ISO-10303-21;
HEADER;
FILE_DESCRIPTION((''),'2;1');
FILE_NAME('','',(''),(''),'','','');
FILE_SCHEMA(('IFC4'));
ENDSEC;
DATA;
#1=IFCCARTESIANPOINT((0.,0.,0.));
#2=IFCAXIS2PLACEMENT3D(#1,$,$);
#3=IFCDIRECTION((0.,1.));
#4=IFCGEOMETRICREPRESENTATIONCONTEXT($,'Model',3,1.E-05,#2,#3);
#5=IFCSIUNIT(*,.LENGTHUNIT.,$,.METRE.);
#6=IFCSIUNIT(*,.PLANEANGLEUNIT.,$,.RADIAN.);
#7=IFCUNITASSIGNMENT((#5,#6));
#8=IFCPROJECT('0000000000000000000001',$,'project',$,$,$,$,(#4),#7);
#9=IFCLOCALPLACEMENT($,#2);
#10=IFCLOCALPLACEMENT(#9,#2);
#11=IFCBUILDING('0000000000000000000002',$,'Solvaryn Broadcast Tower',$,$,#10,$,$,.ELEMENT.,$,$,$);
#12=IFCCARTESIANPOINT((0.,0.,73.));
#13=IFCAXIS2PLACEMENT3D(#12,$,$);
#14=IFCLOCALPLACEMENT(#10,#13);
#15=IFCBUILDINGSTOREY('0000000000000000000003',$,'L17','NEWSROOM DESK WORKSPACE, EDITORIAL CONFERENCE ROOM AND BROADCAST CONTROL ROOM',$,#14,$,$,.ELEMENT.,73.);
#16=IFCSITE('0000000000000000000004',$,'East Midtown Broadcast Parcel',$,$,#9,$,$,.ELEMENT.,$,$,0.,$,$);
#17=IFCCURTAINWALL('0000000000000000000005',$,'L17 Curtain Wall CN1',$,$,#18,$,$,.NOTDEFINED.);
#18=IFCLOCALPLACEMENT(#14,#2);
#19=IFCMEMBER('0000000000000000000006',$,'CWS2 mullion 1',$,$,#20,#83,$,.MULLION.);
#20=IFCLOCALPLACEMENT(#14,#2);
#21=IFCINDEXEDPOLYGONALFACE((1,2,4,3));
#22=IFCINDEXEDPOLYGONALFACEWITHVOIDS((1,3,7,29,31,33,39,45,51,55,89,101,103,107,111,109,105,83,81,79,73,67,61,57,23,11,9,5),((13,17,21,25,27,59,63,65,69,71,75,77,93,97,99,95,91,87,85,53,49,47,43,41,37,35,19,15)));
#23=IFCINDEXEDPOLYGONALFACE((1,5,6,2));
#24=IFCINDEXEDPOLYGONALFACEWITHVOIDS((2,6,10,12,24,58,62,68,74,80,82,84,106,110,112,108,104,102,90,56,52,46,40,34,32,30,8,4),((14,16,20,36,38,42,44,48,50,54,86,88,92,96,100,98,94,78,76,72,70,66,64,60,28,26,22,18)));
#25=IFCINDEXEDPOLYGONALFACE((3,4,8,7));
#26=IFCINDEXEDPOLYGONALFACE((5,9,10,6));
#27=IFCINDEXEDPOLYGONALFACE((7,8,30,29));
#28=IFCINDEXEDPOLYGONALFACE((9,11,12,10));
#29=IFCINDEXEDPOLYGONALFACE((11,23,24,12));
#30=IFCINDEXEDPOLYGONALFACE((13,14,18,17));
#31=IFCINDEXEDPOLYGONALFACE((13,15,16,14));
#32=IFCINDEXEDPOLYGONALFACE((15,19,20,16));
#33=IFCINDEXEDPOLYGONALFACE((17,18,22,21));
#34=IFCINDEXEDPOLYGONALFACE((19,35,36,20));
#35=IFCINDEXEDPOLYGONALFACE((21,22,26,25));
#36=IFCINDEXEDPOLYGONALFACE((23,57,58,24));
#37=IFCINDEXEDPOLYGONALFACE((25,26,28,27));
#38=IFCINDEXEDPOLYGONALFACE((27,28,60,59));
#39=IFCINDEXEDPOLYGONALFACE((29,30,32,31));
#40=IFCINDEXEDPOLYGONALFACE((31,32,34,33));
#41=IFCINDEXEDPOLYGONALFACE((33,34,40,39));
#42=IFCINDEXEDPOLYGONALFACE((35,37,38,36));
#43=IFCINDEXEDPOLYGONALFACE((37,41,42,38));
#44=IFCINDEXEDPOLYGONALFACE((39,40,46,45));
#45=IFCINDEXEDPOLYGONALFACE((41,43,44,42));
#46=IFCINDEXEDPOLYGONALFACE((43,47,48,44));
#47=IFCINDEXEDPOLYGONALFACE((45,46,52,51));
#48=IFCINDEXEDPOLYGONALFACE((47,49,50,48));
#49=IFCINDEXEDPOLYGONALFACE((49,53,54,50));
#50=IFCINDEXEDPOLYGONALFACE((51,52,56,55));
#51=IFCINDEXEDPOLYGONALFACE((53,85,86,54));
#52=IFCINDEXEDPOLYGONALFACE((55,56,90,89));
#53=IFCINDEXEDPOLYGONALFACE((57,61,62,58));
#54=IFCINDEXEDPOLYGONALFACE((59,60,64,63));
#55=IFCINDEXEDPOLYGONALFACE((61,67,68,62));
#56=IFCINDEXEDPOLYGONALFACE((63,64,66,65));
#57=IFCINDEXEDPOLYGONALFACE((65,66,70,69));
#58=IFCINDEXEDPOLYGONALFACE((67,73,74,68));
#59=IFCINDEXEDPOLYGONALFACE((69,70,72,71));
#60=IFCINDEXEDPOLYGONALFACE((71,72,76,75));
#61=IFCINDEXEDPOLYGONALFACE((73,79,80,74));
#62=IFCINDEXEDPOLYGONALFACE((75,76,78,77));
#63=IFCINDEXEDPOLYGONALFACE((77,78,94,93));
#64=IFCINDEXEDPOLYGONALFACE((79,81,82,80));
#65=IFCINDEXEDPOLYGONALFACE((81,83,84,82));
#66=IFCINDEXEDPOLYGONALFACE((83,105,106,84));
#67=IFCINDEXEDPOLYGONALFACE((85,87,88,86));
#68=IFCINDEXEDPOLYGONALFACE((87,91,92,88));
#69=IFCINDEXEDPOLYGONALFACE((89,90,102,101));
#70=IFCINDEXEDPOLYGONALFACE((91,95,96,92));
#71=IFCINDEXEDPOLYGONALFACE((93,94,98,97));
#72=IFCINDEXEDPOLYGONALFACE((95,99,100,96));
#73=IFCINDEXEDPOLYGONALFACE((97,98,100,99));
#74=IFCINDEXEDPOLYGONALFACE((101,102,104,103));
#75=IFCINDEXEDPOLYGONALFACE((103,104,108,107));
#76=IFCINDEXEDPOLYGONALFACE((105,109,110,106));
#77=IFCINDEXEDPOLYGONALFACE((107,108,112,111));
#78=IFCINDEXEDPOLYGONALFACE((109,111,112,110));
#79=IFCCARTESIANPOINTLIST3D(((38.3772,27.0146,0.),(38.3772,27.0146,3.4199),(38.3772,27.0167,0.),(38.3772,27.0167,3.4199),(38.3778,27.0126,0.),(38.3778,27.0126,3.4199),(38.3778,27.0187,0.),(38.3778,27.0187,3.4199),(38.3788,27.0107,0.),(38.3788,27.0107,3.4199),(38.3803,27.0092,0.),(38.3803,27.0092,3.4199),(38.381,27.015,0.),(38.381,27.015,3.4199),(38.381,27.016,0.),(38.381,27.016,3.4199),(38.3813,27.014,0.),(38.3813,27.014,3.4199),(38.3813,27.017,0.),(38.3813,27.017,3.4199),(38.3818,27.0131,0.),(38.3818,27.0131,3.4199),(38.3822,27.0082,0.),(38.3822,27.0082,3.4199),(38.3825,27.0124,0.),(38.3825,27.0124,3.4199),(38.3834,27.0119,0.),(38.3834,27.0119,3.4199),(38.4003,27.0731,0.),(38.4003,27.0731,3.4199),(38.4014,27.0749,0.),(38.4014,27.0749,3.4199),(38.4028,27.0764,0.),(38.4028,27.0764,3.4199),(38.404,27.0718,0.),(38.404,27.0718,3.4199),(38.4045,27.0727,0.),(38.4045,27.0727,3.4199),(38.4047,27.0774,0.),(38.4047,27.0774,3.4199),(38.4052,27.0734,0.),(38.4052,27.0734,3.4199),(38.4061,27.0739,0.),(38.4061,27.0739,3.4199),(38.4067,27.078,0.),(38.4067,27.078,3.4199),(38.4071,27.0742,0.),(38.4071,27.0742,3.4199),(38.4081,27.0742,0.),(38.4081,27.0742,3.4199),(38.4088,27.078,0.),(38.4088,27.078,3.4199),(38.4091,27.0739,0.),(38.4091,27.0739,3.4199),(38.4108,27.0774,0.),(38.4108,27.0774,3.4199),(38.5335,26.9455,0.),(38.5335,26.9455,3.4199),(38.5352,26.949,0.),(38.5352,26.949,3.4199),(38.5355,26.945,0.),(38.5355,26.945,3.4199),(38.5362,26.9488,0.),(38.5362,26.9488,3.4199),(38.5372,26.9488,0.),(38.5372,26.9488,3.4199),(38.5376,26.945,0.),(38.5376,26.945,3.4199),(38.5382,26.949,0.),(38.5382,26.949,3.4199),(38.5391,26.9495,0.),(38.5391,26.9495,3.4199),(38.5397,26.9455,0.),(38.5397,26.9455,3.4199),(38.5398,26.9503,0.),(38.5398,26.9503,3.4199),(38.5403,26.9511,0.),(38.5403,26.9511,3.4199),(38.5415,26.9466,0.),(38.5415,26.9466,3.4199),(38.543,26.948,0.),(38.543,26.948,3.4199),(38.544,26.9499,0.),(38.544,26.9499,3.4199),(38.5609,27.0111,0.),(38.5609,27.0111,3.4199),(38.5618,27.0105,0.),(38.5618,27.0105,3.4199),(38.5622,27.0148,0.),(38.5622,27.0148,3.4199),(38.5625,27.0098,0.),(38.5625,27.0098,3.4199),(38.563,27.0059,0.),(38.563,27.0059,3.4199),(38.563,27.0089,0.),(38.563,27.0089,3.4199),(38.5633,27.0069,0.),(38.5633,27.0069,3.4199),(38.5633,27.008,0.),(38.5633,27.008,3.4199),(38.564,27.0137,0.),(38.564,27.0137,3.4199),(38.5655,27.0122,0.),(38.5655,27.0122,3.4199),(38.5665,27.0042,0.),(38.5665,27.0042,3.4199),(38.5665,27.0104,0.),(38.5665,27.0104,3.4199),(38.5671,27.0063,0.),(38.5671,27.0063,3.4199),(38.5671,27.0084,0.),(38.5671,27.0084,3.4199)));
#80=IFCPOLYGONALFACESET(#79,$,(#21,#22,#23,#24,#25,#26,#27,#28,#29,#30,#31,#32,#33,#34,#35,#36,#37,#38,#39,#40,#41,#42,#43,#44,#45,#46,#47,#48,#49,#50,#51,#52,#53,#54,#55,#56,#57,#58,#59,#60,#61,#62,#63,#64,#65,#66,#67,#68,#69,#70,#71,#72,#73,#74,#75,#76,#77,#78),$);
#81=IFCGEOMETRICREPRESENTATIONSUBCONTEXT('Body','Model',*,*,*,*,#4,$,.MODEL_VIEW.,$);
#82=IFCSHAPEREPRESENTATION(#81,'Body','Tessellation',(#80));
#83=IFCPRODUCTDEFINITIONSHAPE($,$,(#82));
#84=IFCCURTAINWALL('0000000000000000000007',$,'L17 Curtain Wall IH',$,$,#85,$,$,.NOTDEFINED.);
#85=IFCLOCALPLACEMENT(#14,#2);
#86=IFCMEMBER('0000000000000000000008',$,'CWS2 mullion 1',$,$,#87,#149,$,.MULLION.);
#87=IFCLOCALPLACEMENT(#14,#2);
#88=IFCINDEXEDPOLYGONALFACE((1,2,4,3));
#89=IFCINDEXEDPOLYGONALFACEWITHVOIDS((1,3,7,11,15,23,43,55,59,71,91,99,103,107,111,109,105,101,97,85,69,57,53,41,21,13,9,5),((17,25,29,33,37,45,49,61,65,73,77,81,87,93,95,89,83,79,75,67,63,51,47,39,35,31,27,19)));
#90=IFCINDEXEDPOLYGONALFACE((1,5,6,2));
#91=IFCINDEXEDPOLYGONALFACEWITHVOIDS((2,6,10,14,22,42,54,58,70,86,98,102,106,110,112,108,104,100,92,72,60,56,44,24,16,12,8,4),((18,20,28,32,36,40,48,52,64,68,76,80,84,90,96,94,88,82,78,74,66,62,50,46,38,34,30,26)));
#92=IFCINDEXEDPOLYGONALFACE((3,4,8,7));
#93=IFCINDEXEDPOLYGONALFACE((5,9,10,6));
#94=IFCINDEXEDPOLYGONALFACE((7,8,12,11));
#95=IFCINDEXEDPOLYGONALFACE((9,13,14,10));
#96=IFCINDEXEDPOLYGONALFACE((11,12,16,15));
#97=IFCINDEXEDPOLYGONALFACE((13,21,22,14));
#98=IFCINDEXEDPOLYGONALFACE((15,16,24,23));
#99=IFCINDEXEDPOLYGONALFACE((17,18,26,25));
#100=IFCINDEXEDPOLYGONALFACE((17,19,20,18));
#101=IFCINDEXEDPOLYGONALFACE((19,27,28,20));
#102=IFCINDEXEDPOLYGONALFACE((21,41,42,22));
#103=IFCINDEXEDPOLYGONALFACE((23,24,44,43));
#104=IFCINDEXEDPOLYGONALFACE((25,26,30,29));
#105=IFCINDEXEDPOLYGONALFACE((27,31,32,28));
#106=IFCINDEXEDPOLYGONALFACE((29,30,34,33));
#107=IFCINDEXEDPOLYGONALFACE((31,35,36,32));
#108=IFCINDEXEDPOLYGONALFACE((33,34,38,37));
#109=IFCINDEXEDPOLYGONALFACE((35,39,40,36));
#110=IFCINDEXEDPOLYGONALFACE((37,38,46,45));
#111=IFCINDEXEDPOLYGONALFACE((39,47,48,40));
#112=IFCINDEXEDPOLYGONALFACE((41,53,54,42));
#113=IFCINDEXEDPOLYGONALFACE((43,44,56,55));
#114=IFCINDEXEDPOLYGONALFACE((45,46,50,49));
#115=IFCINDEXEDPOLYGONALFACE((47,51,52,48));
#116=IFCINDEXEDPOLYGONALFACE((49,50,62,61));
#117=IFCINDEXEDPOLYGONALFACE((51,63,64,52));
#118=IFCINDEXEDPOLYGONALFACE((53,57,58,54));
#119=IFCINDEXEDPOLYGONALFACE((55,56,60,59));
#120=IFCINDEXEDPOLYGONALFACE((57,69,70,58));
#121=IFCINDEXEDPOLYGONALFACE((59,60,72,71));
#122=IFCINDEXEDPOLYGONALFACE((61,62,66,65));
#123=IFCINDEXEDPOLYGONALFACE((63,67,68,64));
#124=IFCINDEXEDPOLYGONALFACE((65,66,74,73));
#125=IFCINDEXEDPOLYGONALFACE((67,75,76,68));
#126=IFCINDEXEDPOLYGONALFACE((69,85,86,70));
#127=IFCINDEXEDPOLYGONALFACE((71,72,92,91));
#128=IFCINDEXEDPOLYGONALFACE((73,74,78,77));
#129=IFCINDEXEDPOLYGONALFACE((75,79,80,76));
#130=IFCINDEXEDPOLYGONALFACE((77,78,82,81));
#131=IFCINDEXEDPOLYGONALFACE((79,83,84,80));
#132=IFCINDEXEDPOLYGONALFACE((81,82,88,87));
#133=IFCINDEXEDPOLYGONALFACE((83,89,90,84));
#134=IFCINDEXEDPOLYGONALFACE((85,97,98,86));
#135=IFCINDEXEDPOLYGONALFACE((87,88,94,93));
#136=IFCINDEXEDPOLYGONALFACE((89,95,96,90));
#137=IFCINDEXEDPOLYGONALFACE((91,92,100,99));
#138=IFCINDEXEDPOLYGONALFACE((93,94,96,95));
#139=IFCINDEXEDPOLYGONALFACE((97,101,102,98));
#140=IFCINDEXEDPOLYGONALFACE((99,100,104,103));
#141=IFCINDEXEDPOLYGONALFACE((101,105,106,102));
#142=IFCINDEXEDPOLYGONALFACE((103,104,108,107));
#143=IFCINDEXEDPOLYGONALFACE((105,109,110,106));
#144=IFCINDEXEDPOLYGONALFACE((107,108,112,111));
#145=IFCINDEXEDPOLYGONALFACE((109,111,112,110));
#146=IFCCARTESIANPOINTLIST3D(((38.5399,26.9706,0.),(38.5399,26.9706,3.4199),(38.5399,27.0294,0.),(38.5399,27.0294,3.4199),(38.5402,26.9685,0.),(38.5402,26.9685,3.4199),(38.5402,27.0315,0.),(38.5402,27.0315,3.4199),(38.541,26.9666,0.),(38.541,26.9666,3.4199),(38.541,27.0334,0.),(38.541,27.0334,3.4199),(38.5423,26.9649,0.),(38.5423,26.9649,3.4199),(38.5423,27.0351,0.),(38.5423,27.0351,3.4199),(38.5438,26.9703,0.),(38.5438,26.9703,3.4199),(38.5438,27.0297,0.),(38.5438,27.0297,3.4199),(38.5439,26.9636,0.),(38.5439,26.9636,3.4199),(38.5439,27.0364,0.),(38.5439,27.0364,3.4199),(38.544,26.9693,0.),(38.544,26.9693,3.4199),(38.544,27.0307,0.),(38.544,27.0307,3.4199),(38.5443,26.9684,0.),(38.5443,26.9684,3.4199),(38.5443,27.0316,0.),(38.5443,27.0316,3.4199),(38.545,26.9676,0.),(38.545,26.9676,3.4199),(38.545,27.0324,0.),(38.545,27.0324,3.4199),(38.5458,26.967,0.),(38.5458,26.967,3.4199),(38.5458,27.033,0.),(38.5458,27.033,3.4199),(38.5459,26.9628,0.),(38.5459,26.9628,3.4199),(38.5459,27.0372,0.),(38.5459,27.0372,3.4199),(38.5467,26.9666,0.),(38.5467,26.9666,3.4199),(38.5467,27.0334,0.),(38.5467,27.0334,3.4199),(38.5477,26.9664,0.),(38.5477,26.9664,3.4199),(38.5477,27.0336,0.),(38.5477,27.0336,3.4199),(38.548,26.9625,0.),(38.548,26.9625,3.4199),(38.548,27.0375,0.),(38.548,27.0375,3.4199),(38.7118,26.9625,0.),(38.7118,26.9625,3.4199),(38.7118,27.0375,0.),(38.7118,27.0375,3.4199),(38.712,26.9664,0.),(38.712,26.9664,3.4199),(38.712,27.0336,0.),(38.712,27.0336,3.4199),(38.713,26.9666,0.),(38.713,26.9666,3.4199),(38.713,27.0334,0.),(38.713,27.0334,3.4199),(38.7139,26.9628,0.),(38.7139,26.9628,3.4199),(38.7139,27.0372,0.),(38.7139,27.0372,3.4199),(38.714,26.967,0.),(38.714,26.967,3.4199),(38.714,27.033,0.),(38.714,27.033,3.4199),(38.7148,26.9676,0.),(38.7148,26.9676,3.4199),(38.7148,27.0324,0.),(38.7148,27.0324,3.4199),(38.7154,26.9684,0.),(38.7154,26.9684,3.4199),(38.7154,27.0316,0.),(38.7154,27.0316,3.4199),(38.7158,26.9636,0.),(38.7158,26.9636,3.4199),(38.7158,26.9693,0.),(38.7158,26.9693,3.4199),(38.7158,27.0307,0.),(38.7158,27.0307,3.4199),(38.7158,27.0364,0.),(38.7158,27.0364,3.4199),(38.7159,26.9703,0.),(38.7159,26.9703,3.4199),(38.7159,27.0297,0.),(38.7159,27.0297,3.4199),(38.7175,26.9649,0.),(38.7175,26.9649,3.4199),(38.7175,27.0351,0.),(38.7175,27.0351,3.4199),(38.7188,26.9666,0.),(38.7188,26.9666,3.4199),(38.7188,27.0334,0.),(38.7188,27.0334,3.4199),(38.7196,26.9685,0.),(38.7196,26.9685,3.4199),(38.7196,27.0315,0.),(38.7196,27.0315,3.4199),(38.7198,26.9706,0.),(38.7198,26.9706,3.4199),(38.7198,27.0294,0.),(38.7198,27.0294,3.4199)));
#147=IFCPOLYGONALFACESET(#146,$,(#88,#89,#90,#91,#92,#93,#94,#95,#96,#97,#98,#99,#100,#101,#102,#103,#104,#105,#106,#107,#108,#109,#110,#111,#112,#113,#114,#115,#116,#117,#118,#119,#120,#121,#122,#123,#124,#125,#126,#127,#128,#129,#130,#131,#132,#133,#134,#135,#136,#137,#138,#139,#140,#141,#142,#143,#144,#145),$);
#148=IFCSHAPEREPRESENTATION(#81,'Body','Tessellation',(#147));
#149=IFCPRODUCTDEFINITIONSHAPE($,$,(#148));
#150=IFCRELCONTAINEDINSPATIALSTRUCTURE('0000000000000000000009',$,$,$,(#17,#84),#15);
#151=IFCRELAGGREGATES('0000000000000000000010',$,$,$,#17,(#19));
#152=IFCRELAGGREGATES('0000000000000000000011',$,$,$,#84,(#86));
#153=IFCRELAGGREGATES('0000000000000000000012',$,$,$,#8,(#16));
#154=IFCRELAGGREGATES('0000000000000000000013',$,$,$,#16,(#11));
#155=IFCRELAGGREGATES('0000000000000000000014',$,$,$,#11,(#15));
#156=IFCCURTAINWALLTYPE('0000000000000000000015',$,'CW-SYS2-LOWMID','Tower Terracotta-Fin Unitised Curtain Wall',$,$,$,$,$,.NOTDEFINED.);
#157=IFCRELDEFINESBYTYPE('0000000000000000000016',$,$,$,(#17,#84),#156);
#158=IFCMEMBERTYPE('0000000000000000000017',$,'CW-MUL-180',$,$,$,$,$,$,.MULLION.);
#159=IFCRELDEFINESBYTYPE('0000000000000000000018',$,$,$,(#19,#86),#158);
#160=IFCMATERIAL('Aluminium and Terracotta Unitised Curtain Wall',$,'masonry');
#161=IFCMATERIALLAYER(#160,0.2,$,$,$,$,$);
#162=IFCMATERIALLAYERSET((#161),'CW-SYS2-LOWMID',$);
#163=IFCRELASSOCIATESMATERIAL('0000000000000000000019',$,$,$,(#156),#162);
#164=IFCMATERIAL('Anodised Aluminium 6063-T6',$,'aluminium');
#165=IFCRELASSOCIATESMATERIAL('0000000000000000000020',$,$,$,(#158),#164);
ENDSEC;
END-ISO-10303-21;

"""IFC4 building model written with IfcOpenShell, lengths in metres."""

from ifc_helpers import new_model, si_unit, direction, frame, origin, origin_2d, place, context, subcontext, project, spatial, hollow_rectangle, extrude, material, layer, layer_set, material_profile, profile_set, type_object, element, aggregate, save


model = new_model("IFC4")

# Units and contexts
model_context = context("Model", 3, precision=1e-05, world=origin(), true_north=direction((0.0, 1.0)))
body_context = subcontext(model_context, "Body", "Model", "MODEL_VIEW")
ifc_project = project(units=[si_unit("LENGTHUNIT", "METRE"), si_unit("PLANEANGLEUNIT", "RADIAN")], contexts=[model_context])

# Site, building, storey
site_placement = place(None, origin())
site = spatial("IfcSite", under=ifc_project, at=site_placement, Name="East Midtown Broadcast Parcel", CompositionType="ELEMENT", RefElevation=0.0)
building_placement = place(site_placement, origin())
building = spatial("IfcBuilding", under=site, at=building_placement, Name="Solvaryn Broadcast Tower", CompositionType="ELEMENT")
storey_placement = place(building_placement, frame((0.0, 0.0, 73.0)))
storey = spatial("IfcBuildingStorey", under=building, at=storey_placement, Name="L17", Description="NEWSROOM DESK WORKSPACE, EDITORIAL CONFERENCE ROOM AND BROADCAST CONTROL ROOM", CompositionType="ELEMENT", Elevation=73.0)

# Curtain walls, members
ifc_material_1 = material(Name="Aluminium and Terracotta Unitised Curtain Wall", Category="masonry")
ifc_layer_1 = layer(ifc_material_1, 0.2)
ifc_layer_set_1 = layer_set([ifc_layer_1], Name="CW-SYS2-LOWMID")
curtain_wall_type = type_object("IfcCurtainWallType", Name="CW-SYS2-LOWMID", Description="Tower Terracotta-Fin Unitised Curtain Wall", PredefinedType="NOTDEFINED", material=ifc_layer_set_1)
curtain_wall_1_placement = place(storey_placement, origin())
curtain_wall_1 = element("IfcCurtainWall", 1, at=curtain_wall_1_placement, inside=storey, type_object=curtain_wall_type, Name="L17 Curtain Wall CN1", PredefinedType="NOTDEFINED")
ifc_material_2 = material(Name="Anodised Aluminium 6063-T6", Category="aluminium")
ifc_material_profile_1 = material_profile(ifc_material_2, hollow_rectangle(XDim=0.075, YDim=0.1799, WallThickness=0.0039, InnerFilletRadius=0.0039, OuterFilletRadius=0.0081, at=origin_2d()))
ifc_profile_set_1 = profile_set([ifc_material_profile_1], Name="Anodised Aluminium 6063-T6")
member_type_1 = type_object("IfcMemberType", Name="CW-MUL-180", PredefinedType="MULLION", material=ifc_profile_set_1)
member_1_placement = place(storey_placement, frame((38.4722, 27.0115, 0.0), z_axis=(0.0, 0.0, 1.0), x_axis=(-0.382646, -0.923895, 0.0)))
member_1 = element("IfcMember", 2, at=member_1_placement, type_object=member_type_1, Name="CWS2 mullion 1", PredefinedType="MULLION", context=body_context, shape_type="SweptSolid", body=[
    extrude(hollow_rectangle(XDim=0.075, YDim=0.1799, WallThickness=0.0039, InnerFilletRadius=0.0039, OuterFilletRadius=0.0081, at=origin_2d()), origin(), (0.0, 0.0, 1.0), 3.4199),
])
curtain_wall_2_placement = place(storey_placement, origin())
curtain_wall_2 = element("IfcCurtainWall", 3, at=curtain_wall_2_placement, inside=storey, type_object=curtain_wall_type, Name="L17 Curtain Wall IH", PredefinedType="NOTDEFINED")
member_2_placement = place(storey_placement, frame((38.6299, 27.0, 0.0), z_axis=(0.0, 0.0, 1.0), x_axis=(0.0, 1.0, 0.0)))
member_2 = element("IfcMember", 4, at=member_2_placement, type_object=member_type_1, Name="CWS2 mullion 1", PredefinedType="MULLION", context=body_context, shape_type="SweptSolid", body=[
    extrude(hollow_rectangle(XDim=0.075, YDim=0.1799, WallThickness=0.0039, InnerFilletRadius=0.0039, OuterFilletRadius=0.0081, at=origin_2d()), origin(), (0.0, 0.0, 1.0), 3.4199),
])

aggregate(curtain_wall_1, [member_1])
aggregate(curtain_wall_2, [member_2])

save(model, "model.ifc")
